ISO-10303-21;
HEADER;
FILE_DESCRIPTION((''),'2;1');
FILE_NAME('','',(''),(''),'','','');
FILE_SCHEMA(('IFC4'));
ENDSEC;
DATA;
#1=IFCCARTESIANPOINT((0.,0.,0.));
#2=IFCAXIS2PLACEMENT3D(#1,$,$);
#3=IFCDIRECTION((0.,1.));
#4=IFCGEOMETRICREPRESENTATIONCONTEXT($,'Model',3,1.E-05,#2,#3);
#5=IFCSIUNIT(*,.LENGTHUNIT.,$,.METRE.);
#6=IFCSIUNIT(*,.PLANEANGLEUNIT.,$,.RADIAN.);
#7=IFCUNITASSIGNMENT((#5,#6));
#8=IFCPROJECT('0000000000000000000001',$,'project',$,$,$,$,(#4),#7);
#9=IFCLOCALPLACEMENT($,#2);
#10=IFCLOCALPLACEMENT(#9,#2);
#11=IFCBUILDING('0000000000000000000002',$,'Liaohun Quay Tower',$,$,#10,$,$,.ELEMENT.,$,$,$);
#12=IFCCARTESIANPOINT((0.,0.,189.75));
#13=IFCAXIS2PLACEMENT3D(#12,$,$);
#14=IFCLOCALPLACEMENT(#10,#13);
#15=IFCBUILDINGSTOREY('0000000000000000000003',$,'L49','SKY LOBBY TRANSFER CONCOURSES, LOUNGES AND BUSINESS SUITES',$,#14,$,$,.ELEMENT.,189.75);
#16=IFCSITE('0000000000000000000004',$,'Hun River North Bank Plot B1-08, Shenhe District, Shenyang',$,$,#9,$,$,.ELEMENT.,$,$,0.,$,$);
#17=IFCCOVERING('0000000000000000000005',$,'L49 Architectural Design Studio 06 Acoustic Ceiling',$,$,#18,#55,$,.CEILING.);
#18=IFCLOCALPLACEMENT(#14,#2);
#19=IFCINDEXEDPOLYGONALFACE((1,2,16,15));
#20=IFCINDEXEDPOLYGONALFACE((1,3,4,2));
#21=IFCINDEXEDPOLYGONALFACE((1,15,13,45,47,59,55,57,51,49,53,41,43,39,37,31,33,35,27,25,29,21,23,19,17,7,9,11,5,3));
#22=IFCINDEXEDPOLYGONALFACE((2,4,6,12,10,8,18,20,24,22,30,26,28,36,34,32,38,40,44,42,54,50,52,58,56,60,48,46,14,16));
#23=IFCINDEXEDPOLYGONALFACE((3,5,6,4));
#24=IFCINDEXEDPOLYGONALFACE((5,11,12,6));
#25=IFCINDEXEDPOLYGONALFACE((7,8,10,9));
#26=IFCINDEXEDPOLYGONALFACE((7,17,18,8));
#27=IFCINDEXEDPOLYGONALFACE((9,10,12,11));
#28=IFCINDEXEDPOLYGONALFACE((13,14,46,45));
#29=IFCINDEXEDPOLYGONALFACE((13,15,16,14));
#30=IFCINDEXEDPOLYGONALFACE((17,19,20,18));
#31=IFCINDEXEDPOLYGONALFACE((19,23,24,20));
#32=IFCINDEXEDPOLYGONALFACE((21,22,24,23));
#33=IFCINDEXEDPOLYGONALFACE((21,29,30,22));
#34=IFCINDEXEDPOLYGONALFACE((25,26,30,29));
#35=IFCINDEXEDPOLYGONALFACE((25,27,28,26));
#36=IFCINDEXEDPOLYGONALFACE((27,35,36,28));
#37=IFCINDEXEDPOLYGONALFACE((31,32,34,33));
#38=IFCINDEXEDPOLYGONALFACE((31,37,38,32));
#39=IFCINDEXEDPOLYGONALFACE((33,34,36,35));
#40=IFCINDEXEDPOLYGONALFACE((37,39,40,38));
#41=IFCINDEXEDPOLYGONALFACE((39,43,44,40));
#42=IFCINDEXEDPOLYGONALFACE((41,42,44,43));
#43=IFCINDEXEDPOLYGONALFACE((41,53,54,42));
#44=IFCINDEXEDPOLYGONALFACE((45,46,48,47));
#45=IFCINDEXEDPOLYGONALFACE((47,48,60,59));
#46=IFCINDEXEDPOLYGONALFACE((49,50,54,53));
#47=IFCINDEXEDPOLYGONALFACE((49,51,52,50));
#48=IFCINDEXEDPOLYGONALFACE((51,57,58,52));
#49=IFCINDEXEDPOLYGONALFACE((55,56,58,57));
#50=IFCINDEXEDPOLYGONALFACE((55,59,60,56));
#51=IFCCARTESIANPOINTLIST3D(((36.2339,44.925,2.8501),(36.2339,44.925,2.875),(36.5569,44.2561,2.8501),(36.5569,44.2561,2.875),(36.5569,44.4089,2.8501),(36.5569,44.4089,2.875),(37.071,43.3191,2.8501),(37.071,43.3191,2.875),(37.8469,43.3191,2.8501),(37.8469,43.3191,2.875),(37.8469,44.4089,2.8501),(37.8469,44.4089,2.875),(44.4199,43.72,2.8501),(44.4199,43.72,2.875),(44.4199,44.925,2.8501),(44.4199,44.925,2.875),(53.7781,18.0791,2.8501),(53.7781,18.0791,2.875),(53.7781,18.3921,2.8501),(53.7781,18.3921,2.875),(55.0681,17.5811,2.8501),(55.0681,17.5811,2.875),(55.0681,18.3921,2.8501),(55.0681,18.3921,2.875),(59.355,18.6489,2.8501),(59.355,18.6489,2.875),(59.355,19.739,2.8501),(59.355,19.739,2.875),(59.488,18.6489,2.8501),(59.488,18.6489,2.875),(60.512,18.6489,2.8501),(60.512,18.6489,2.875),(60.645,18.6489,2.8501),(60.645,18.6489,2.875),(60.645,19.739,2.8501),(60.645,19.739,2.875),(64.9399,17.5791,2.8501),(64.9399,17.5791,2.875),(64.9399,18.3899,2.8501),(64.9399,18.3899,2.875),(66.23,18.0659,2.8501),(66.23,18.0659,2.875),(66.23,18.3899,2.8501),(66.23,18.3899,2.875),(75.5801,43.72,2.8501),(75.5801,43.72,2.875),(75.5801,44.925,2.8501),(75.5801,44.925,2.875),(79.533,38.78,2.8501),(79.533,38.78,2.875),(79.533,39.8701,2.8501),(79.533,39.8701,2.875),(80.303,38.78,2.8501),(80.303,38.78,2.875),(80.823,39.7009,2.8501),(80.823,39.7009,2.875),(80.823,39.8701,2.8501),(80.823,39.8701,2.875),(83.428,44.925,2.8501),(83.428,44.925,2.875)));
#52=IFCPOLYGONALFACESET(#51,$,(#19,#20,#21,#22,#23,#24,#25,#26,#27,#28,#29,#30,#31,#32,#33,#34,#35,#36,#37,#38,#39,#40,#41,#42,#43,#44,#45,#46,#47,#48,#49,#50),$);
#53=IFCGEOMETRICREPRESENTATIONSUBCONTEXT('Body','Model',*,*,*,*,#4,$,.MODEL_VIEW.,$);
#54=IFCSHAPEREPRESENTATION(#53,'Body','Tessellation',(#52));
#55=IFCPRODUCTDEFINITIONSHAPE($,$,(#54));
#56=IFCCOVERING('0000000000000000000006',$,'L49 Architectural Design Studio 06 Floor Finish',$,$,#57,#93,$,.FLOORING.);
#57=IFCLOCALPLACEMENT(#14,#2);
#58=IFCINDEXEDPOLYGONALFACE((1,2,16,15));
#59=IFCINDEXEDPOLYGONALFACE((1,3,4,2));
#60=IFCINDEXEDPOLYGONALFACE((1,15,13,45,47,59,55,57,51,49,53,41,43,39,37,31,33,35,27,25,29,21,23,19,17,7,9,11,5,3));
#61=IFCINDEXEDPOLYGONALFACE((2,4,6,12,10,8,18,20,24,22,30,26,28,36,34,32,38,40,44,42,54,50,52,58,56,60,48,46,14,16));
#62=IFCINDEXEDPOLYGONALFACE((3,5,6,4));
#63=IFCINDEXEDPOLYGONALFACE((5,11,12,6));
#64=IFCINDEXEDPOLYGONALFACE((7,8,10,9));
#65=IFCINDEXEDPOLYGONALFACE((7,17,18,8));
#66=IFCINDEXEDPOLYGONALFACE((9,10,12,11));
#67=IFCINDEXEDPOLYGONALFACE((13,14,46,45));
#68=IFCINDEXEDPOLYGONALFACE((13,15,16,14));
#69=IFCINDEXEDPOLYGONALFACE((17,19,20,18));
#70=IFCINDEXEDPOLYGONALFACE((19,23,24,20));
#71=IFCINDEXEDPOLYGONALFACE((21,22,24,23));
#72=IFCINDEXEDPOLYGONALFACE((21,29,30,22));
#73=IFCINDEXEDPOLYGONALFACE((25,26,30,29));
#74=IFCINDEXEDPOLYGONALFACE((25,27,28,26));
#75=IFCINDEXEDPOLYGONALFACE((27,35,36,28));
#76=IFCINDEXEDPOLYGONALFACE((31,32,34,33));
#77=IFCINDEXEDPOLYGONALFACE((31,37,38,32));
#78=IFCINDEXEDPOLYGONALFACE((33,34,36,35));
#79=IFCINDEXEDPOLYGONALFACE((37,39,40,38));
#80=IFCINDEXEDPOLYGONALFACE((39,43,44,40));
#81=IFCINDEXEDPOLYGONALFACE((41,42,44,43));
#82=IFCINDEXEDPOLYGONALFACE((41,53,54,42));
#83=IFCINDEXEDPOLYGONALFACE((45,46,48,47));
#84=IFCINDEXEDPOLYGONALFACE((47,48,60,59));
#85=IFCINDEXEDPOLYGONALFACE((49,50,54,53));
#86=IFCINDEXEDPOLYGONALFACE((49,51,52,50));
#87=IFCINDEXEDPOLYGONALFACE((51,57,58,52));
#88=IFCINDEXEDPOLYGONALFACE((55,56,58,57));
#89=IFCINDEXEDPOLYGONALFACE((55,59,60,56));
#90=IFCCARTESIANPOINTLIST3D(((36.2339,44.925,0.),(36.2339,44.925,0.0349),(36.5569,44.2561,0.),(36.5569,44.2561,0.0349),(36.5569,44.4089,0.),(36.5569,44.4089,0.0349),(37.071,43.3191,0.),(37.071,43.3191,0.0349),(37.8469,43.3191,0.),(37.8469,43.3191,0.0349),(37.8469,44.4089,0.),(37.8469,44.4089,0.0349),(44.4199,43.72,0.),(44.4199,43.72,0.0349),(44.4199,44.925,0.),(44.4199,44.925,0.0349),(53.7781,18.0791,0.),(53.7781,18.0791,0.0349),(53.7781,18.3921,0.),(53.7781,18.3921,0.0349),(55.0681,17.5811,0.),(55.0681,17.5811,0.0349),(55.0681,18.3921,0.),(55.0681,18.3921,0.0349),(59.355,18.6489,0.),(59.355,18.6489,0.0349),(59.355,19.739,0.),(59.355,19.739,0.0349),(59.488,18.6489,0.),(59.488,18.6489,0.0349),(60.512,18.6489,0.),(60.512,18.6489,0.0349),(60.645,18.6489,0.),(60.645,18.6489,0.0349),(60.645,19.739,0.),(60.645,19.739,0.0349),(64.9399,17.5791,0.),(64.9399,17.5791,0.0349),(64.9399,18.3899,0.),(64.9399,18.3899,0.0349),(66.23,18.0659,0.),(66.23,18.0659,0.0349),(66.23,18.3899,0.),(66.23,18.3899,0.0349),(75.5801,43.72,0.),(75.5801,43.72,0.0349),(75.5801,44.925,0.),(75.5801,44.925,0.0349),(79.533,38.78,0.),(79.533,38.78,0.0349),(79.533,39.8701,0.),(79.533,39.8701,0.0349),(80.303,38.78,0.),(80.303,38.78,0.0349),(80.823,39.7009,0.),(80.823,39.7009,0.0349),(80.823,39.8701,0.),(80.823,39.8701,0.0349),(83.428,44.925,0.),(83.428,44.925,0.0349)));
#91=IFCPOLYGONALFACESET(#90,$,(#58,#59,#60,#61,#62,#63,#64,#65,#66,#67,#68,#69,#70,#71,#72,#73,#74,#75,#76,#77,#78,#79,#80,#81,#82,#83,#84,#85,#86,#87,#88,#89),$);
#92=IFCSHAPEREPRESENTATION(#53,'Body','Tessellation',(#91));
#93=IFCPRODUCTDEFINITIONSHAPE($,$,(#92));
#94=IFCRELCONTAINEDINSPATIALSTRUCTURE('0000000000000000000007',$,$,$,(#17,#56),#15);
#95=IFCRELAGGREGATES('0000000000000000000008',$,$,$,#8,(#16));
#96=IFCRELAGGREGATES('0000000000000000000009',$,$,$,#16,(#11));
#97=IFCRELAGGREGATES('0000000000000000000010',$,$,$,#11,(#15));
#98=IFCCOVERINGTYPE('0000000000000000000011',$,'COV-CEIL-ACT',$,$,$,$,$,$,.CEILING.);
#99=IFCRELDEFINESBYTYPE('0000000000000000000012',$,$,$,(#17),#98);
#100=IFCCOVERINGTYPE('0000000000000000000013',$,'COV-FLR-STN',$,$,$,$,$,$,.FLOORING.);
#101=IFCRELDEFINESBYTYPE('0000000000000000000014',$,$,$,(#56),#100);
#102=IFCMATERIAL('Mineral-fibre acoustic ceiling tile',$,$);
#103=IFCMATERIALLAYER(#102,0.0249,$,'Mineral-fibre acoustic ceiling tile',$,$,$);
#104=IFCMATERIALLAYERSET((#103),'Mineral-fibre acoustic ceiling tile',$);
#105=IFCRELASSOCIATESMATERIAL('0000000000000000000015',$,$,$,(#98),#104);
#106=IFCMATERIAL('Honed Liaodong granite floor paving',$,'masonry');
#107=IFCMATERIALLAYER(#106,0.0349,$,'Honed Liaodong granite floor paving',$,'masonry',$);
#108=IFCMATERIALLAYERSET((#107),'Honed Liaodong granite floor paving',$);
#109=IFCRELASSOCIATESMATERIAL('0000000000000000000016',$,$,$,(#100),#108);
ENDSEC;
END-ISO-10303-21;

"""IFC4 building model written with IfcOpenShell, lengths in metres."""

from ifc_helpers import new_model, si_unit, direction, frame, origin, place, context, subcontext, project, spatial, polyline, outline, extrude, material, layer, layer_set, type_object, element, save


model = new_model("IFC4")

# Units and contexts
model_context = context("Model", 3, precision=1e-05, world=origin(), true_north=direction((0.0, 1.0)))
body_context = subcontext(model_context, "Body", "Model", "MODEL_VIEW")
ifc_project = project(units=[si_unit("LENGTHUNIT", "METRE"), si_unit("PLANEANGLEUNIT", "RADIAN")], contexts=[model_context])

# Site, building, storey
site_placement = place(None, origin())
site = spatial("IfcSite", under=ifc_project, at=site_placement, Name="Hun River North Bank Plot B1-08, Shenhe District, Shenyang", CompositionType="ELEMENT", RefElevation=0.0)
building_placement = place(site_placement, origin())
building = spatial("IfcBuilding", under=site, at=building_placement, Name="Liaohun Quay Tower", CompositionType="ELEMENT")
storey_placement = place(building_placement, frame((0.0, 0.0, 189.75)))
storey = spatial("IfcBuildingStorey", under=building, at=storey_placement, Name="L49", Description="SKY LOBBY TRANSFER CONCOURSES, LOUNGES AND BUSINESS SUITES", CompositionType="ELEMENT", Elevation=189.75)

# Coverings
ifc_material_1 = material(Name="Mineral-fibre acoustic ceiling tile")
ifc_layer_1 = layer(ifc_material_1, 0.0249, Name="Mineral-fibre acoustic ceiling tile")
ifc_layer_set_1 = layer_set([ifc_layer_1], Name="Mineral-fibre acoustic ceiling tile")
covering_type_1 = type_object("IfcCoveringType", Name="COV-CEIL-ACT", PredefinedType="CEILING", material=ifc_layer_set_1)
covering_1_placement = place(storey_placement, frame((0.0, 0.0, 2.8501)))
element("IfcCovering", 1, at=covering_1_placement, inside=storey, type_object=covering_type_1, Name="L49 Architectural Design Studio 06 Acoustic Ceiling", PredefinedType="CEILING", context=body_context, shape_type="SweptSolid", body=[
    extrude(outline(polyline([(36.2339, 44.925), (36.5569, 44.2561), (36.5569, 44.4089), (37.8469, 44.4089), (37.8469, 43.3191), (37.071, 43.3191), (53.7781, 18.0791), (53.7781, 18.3921), (55.0681, 18.3921), (55.0681, 17.5811), (59.488, 18.6489), (59.355, 18.6489), (59.355, 19.739), (60.645, 19.739), (60.645, 18.6489), (60.512, 18.6489), (64.9399, 17.5791), (64.9399, 18.3899), (66.23, 18.3899), (66.23, 18.0659), (80.303, 38.78), (79.533, 38.78), (79.533, 39.8701), (80.823, 39.8701), (80.823, 39.7009), (83.428, 44.925), (75.5801, 44.925), (75.5801, 43.72), (44.4199, 43.72), (44.4199, 44.925), (36.2339, 44.925)])), origin(), (0.0, 0.0, 1.0), 0.0249),
])
ifc_material_2 = material(Name="Honed Liaodong granite floor paving", Category="masonry")
ifc_layer_2 = layer(ifc_material_2, 0.0349, Name="Honed Liaodong granite floor paving", Category="masonry")
ifc_layer_set_2 = layer_set([ifc_layer_2], Name="Honed Liaodong granite floor paving")
covering_type_2 = type_object("IfcCoveringType", Name="COV-FLR-STN", PredefinedType="FLOORING", material=ifc_layer_set_2)
covering_2_placement = place(storey_placement, origin())
element("IfcCovering", 2, at=covering_2_placement, inside=storey, type_object=covering_type_2, Name="L49 Architectural Design Studio 06 Floor Finish", PredefinedType="FLOORING", context=body_context, shape_type="SweptSolid", body=[
    extrude(outline(polyline([(36.2339, 44.925), (36.5569, 44.2561), (36.5569, 44.4089), (37.8469, 44.4089), (37.8469, 43.3191), (37.071, 43.3191), (53.7781, 18.0791), (53.7781, 18.3921), (55.0681, 18.3921), (55.0681, 17.5811), (59.488, 18.6489), (59.355, 18.6489), (59.355, 19.739), (60.645, 19.739), (60.645, 18.6489), (60.512, 18.6489), (64.9399, 17.5791), (64.9399, 18.3899), (66.23, 18.3899), (66.23, 18.0659), (80.303, 38.78), (79.533, 38.78), (79.533, 39.8701), (80.823, 39.8701), (80.823, 39.7009), (83.428, 44.925), (75.5801, 44.925), (75.5801, 43.72), (44.4199, 43.72), (44.4199, 44.925), (36.2339, 44.925)])), origin(), (0.0, 0.0, 1.0), 0.0349),
])

save(model, "model.ifc")
